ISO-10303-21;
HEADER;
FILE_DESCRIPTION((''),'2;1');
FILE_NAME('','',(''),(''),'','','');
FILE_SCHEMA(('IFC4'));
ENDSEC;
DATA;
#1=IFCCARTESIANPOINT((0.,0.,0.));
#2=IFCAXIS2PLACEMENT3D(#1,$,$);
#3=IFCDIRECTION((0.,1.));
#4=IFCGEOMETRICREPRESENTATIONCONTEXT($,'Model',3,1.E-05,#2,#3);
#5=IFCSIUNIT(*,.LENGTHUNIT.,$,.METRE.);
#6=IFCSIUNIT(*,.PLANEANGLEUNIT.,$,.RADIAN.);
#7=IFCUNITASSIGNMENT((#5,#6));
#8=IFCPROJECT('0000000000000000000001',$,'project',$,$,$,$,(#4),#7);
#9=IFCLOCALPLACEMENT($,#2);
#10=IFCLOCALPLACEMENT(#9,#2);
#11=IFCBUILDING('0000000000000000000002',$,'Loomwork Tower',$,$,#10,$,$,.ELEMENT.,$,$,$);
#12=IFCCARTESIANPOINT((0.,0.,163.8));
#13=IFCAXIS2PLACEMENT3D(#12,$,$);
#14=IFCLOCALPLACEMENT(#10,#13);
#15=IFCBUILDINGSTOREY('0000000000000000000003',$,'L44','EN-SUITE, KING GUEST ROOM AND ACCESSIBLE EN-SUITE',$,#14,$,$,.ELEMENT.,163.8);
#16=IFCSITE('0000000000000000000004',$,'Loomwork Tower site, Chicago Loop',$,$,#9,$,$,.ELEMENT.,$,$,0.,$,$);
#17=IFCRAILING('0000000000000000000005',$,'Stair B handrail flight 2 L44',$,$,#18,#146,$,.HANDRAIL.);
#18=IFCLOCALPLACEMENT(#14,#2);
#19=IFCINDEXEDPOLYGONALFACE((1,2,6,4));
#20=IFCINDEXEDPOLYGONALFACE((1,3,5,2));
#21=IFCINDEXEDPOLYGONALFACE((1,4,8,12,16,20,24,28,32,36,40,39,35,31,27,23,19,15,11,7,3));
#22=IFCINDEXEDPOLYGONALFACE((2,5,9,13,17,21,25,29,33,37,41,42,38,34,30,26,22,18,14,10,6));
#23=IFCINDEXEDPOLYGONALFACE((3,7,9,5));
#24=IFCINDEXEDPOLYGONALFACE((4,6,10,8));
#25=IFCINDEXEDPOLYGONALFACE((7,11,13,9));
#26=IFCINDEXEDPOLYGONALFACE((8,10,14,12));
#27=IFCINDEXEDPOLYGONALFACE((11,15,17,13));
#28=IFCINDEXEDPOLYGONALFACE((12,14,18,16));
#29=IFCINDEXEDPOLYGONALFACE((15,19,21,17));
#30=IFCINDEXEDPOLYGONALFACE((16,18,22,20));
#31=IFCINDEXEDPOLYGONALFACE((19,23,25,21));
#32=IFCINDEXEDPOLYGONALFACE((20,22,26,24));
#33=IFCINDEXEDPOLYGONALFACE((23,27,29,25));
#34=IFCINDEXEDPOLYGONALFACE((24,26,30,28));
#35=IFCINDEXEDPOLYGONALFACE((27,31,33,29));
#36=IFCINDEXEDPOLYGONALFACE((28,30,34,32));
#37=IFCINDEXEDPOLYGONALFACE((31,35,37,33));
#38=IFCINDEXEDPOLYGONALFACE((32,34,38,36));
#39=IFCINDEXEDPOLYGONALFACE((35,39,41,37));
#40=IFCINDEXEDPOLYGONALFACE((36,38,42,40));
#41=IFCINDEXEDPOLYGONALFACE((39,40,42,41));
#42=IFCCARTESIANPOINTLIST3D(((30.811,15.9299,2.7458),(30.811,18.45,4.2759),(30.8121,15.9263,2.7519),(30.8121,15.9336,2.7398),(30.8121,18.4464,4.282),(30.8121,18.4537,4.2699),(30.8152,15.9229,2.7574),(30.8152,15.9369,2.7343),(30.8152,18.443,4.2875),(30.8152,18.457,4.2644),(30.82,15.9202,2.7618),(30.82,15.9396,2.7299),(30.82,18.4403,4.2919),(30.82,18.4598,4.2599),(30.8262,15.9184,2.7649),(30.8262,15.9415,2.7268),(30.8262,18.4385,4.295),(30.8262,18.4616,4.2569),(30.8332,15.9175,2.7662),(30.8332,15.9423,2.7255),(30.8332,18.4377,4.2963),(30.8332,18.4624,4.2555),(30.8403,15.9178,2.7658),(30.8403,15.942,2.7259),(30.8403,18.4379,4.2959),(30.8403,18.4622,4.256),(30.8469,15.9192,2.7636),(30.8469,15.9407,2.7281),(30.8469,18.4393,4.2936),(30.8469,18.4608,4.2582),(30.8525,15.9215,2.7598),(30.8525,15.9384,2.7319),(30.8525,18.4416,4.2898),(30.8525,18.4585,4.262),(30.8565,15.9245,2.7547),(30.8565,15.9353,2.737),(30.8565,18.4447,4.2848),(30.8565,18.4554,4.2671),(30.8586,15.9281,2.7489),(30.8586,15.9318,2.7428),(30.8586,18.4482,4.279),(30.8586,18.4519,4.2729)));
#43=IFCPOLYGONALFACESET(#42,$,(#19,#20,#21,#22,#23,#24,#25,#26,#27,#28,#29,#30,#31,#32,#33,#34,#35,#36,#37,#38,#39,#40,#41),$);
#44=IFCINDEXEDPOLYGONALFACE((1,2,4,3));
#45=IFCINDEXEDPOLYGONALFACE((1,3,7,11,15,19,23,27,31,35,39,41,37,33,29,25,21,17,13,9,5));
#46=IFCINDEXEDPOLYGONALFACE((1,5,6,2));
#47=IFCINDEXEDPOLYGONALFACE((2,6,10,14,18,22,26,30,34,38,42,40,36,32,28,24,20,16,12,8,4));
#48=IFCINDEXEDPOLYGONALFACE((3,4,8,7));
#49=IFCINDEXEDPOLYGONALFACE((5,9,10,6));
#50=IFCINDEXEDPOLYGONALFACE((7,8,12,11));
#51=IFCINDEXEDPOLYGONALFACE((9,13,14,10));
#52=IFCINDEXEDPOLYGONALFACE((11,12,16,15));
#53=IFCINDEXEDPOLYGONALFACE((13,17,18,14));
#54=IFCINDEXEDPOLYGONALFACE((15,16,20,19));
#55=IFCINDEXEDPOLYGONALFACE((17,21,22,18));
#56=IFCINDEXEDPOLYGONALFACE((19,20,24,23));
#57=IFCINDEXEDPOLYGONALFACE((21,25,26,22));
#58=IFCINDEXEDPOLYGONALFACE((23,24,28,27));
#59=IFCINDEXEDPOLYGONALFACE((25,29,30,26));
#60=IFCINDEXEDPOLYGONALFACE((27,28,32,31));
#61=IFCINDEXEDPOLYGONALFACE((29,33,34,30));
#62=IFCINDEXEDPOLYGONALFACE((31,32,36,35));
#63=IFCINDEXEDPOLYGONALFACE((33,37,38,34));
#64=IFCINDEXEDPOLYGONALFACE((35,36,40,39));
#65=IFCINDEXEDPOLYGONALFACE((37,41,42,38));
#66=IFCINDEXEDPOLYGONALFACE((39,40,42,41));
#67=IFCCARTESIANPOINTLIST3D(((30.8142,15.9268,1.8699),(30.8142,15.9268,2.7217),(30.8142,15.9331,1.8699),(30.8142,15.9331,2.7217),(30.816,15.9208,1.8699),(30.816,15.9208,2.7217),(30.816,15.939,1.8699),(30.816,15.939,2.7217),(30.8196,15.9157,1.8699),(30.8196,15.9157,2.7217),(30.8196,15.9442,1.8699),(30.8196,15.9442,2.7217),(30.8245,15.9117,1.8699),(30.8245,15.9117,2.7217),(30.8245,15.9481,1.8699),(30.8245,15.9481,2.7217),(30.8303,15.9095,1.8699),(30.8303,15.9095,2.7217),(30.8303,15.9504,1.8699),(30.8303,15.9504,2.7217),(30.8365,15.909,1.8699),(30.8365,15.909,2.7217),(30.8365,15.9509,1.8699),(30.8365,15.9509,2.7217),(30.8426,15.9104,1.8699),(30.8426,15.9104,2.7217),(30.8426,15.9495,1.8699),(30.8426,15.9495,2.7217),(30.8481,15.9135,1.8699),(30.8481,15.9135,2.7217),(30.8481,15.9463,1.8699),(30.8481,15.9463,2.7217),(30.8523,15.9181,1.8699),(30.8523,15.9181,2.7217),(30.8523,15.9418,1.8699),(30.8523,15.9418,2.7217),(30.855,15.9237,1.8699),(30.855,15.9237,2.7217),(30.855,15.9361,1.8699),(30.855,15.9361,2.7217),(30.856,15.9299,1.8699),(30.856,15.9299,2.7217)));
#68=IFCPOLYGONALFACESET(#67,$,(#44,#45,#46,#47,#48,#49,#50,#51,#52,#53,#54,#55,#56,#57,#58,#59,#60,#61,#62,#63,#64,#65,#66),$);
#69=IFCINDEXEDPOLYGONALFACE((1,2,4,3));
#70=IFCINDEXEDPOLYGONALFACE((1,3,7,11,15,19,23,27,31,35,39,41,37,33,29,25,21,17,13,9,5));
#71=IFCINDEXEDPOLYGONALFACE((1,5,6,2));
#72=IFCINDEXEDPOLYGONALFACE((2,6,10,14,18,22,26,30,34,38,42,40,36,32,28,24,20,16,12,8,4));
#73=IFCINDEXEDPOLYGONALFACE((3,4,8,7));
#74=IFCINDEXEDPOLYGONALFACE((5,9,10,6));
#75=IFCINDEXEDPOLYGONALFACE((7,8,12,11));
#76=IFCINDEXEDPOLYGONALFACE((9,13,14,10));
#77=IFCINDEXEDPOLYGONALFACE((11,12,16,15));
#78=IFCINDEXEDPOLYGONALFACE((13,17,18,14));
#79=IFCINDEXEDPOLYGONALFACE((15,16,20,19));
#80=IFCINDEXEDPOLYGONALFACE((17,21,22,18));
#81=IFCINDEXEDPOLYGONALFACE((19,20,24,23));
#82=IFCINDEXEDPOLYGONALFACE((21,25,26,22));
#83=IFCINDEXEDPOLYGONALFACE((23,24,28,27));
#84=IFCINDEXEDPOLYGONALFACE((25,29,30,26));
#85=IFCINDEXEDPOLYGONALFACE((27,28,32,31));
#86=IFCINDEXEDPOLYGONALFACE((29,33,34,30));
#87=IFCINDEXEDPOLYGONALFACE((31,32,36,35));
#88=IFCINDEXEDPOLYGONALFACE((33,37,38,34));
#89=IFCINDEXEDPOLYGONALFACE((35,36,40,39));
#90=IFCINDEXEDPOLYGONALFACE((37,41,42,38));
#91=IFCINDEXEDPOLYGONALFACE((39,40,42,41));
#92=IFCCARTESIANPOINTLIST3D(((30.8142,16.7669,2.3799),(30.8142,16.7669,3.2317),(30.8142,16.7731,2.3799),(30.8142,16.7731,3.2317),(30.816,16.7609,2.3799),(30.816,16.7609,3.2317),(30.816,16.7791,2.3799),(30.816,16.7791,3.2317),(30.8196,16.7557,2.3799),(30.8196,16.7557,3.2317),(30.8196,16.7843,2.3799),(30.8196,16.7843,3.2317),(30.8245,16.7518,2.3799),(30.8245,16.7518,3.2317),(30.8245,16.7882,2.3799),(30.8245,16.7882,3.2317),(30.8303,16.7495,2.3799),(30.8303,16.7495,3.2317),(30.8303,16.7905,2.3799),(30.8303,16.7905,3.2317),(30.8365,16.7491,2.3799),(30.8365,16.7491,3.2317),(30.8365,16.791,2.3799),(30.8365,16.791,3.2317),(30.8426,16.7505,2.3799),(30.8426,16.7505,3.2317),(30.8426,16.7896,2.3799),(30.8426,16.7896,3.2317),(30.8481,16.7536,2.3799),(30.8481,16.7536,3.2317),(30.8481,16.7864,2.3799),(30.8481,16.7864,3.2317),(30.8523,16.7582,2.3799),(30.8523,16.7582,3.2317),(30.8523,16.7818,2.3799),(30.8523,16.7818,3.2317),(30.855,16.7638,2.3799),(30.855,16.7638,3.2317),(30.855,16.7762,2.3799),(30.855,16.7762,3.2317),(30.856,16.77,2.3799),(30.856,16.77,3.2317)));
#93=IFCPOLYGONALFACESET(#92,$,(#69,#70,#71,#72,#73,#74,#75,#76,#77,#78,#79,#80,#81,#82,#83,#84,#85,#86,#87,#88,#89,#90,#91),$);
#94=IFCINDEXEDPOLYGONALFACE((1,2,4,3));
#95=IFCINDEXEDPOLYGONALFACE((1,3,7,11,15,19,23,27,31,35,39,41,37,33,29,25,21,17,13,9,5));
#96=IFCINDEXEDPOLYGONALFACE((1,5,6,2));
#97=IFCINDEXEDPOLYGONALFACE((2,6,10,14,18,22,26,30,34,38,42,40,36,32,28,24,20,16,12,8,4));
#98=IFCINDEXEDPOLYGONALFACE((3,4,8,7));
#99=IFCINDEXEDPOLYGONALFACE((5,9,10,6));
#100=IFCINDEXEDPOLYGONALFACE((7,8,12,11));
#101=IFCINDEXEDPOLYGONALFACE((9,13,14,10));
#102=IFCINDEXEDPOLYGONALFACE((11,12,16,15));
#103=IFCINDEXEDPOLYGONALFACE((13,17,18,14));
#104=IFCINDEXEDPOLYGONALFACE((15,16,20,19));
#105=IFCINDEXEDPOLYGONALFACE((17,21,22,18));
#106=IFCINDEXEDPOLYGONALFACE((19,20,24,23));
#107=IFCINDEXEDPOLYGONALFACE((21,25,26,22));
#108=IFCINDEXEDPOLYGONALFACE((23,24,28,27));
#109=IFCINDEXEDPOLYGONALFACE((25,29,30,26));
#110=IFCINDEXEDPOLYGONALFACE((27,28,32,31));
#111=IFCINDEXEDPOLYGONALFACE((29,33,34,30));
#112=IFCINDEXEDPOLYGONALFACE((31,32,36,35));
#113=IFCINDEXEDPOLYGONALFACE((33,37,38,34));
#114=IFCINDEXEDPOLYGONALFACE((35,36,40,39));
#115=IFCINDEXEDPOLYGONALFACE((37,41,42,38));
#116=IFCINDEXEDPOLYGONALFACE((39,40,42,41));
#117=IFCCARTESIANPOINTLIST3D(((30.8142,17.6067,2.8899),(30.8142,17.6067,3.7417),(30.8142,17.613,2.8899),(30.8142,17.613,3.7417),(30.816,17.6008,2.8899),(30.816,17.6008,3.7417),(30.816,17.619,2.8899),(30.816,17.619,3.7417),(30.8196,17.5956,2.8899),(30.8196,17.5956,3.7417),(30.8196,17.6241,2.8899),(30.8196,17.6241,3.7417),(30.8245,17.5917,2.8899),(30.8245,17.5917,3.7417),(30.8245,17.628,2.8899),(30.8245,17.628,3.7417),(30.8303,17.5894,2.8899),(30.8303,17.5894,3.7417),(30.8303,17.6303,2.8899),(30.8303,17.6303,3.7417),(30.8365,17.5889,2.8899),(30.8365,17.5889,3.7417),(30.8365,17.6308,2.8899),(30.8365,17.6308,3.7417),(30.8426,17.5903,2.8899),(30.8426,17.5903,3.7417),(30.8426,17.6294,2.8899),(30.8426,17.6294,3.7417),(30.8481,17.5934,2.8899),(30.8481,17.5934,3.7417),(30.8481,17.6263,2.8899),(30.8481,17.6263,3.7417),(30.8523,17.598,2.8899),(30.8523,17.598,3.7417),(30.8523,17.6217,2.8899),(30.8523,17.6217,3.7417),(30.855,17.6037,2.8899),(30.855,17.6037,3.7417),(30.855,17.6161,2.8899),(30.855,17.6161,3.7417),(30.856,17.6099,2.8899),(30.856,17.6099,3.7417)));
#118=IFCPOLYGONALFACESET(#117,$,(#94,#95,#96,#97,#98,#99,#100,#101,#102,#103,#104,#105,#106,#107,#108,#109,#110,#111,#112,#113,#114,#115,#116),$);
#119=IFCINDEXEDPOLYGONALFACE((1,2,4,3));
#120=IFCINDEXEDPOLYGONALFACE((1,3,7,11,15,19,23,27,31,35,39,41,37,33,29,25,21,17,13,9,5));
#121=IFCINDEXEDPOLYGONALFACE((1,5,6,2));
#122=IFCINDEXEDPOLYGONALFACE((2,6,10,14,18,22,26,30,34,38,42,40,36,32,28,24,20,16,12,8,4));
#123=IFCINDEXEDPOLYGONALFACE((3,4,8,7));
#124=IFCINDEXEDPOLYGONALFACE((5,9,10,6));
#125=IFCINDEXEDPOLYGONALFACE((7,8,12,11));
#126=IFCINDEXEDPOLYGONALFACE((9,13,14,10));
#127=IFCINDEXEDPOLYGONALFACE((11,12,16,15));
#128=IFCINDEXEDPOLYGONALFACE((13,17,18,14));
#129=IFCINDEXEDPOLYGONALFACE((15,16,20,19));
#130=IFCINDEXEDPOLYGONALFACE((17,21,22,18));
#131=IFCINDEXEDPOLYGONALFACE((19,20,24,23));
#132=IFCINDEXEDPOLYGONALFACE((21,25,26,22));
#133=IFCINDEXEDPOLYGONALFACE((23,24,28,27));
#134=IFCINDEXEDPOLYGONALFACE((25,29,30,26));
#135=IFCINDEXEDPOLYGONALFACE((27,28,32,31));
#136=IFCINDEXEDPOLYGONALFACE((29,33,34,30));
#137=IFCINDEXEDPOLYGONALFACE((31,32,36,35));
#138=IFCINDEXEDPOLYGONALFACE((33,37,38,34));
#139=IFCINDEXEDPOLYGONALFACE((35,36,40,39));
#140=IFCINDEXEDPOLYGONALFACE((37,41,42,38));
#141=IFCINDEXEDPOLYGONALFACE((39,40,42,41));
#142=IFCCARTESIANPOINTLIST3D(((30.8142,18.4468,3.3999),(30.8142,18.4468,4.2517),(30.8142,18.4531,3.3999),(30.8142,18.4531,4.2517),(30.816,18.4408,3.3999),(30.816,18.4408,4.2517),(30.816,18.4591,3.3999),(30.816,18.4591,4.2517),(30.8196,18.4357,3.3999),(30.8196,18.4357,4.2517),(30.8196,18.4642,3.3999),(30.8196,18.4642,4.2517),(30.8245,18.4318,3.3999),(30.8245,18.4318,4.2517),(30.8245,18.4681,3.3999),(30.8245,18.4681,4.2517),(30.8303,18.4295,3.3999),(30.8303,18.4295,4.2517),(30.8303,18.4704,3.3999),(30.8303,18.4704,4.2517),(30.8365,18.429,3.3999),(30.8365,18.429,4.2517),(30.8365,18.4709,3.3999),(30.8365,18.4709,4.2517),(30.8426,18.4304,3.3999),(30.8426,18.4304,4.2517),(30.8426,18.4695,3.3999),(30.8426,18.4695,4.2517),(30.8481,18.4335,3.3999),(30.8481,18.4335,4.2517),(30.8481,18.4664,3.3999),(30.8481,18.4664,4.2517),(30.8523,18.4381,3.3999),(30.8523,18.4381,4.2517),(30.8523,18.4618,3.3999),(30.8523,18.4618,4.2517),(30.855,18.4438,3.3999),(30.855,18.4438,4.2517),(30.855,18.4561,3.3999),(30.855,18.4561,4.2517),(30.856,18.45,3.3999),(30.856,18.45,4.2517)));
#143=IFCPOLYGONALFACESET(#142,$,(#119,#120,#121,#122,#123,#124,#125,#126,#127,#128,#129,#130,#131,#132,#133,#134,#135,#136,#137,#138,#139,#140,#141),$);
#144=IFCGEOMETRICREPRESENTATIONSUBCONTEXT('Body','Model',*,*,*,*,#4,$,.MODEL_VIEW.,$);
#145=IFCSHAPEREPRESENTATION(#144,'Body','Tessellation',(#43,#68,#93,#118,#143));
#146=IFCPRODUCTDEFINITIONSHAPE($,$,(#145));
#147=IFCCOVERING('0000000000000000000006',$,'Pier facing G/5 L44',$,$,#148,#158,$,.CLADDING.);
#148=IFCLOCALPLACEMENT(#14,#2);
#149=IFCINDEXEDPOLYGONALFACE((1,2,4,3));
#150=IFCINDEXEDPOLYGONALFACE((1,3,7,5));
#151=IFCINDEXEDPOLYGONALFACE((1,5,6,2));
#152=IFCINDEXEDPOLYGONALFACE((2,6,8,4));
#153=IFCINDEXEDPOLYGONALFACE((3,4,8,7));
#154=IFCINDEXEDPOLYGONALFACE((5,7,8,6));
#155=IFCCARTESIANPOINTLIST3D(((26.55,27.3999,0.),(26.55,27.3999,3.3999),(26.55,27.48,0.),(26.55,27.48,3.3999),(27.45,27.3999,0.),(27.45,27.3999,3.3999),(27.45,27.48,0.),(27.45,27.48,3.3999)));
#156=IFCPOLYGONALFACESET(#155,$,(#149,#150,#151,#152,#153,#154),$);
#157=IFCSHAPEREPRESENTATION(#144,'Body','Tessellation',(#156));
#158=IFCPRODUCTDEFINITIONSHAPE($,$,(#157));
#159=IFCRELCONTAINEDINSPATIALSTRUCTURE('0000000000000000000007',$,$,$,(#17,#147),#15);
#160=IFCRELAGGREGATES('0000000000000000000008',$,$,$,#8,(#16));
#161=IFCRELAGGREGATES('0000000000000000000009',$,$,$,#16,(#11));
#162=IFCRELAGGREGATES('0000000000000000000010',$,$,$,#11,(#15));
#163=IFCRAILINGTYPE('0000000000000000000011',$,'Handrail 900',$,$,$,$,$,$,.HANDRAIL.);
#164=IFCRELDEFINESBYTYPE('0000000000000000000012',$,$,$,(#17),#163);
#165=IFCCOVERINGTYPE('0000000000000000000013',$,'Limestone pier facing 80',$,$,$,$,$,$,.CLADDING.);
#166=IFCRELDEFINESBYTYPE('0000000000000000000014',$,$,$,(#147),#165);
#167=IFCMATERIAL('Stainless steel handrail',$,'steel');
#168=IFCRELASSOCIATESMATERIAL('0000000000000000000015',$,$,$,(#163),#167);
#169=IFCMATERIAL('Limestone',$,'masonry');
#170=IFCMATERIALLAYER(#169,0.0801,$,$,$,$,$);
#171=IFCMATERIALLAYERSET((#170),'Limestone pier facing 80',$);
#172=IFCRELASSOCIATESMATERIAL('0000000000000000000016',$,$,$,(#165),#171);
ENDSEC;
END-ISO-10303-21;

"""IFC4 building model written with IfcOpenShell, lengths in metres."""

from ifc_helpers import new_model, si_unit, direction, frame, origin, origin_2d, place, context, subcontext, project, spatial, rectangle, circle, extrude, material, layer, layer_set, type_object, element, save


model = new_model("IFC4")

# Units and contexts
model_context = context("Model", 3, precision=1e-05, world=origin(), true_north=direction((0.0, 1.0)))
body_context = subcontext(model_context, "Body", "Model", "MODEL_VIEW")
ifc_project = project(units=[si_unit("LENGTHUNIT", "METRE"), si_unit("PLANEANGLEUNIT", "RADIAN")], contexts=[model_context])

# Site, building, storey
site_placement = place(None, origin())
site = spatial("IfcSite", under=ifc_project, at=site_placement, Name="Loomwork Tower site, Chicago Loop", CompositionType="ELEMENT", RefElevation=0.0)
building_placement = place(site_placement, origin())
building = spatial("IfcBuilding", under=site, at=building_placement, Name="Loomwork Tower", CompositionType="ELEMENT")
storey_placement = place(building_placement, frame((0.0, 0.0, 163.8)))
storey = spatial("IfcBuildingStorey", under=building, at=storey_placement, Name="L44", Description="EN-SUITE, KING GUEST ROOM AND ACCESSIBLE EN-SUITE", CompositionType="ELEMENT", Elevation=163.8)

# Railing
ifc_material_1 = material(Name="Stainless steel handrail", Category="steel")
railing_type = type_object("IfcRailingType", Name="Handrail 900", PredefinedType="HANDRAIL", material=ifc_material_1)
railing_placement = place(storey_placement, frame((30.835, 15.9299, 1.8699)))
element("IfcRailing", 1, at=railing_placement, inside=storey, type_object=railing_type, Name="Stair B handrail flight 2 L44", PredefinedType="HANDRAIL", context=body_context, shape_type="SweptSolid", body=[
    extrude(circle(Radius=0.0239, at=origin_2d()), frame((0.0, 0.0, 0.876), z_axis=(0.0, 0.854785, 0.518982), x_axis=(-1.0, 0.0, 0.0)), (0.0, 0.0, 1.0), 2.9482),
    extrude(circle(Radius=0.021, at=origin_2d()), origin(), (0.0, 0.0, 1.0), 0.8518),
    extrude(circle(Radius=0.021, at=origin_2d()), frame((0.0, 0.8401, 0.51)), (0.0, 0.0, 1.0), 0.8518),
    extrude(circle(Radius=0.021, at=origin_2d()), frame((0.0, 1.6799, 1.02)), (0.0, 0.0, 1.0), 0.8518),
    extrude(circle(Radius=0.021, at=origin_2d()), frame((0.0, 2.52, 1.53)), (0.0, 0.0, 1.0), 0.8518),
])

# Covering
ifc_material_2 = material(Name="Limestone", Category="masonry")
ifc_layer_1 = layer(ifc_material_2, 0.0801)
ifc_layer_set_1 = layer_set([ifc_layer_1], Name="Limestone pier facing 80")
covering_type = type_object("IfcCoveringType", Name="Limestone pier facing 80", PredefinedType="CLADDING", material=ifc_layer_set_1)
covering_placement = place(storey_placement, frame((27.0, 27.4399, 0.0), z_axis=(0.0, 0.0, 1.0), x_axis=(1.0, 0.0, 0.0)))
element("IfcCovering", 2, at=covering_placement, inside=storey, type_object=covering_type, Name="Pier facing G/5 L44", PredefinedType="CLADDING", context=body_context, shape_type="SweptSolid", body=[
    extrude(rectangle(XDim=0.8999, YDim=0.0801, at=origin_2d()), origin(), (0.0, 0.0, 1.0), 3.3999),
])

save(model, "model.ifc")
